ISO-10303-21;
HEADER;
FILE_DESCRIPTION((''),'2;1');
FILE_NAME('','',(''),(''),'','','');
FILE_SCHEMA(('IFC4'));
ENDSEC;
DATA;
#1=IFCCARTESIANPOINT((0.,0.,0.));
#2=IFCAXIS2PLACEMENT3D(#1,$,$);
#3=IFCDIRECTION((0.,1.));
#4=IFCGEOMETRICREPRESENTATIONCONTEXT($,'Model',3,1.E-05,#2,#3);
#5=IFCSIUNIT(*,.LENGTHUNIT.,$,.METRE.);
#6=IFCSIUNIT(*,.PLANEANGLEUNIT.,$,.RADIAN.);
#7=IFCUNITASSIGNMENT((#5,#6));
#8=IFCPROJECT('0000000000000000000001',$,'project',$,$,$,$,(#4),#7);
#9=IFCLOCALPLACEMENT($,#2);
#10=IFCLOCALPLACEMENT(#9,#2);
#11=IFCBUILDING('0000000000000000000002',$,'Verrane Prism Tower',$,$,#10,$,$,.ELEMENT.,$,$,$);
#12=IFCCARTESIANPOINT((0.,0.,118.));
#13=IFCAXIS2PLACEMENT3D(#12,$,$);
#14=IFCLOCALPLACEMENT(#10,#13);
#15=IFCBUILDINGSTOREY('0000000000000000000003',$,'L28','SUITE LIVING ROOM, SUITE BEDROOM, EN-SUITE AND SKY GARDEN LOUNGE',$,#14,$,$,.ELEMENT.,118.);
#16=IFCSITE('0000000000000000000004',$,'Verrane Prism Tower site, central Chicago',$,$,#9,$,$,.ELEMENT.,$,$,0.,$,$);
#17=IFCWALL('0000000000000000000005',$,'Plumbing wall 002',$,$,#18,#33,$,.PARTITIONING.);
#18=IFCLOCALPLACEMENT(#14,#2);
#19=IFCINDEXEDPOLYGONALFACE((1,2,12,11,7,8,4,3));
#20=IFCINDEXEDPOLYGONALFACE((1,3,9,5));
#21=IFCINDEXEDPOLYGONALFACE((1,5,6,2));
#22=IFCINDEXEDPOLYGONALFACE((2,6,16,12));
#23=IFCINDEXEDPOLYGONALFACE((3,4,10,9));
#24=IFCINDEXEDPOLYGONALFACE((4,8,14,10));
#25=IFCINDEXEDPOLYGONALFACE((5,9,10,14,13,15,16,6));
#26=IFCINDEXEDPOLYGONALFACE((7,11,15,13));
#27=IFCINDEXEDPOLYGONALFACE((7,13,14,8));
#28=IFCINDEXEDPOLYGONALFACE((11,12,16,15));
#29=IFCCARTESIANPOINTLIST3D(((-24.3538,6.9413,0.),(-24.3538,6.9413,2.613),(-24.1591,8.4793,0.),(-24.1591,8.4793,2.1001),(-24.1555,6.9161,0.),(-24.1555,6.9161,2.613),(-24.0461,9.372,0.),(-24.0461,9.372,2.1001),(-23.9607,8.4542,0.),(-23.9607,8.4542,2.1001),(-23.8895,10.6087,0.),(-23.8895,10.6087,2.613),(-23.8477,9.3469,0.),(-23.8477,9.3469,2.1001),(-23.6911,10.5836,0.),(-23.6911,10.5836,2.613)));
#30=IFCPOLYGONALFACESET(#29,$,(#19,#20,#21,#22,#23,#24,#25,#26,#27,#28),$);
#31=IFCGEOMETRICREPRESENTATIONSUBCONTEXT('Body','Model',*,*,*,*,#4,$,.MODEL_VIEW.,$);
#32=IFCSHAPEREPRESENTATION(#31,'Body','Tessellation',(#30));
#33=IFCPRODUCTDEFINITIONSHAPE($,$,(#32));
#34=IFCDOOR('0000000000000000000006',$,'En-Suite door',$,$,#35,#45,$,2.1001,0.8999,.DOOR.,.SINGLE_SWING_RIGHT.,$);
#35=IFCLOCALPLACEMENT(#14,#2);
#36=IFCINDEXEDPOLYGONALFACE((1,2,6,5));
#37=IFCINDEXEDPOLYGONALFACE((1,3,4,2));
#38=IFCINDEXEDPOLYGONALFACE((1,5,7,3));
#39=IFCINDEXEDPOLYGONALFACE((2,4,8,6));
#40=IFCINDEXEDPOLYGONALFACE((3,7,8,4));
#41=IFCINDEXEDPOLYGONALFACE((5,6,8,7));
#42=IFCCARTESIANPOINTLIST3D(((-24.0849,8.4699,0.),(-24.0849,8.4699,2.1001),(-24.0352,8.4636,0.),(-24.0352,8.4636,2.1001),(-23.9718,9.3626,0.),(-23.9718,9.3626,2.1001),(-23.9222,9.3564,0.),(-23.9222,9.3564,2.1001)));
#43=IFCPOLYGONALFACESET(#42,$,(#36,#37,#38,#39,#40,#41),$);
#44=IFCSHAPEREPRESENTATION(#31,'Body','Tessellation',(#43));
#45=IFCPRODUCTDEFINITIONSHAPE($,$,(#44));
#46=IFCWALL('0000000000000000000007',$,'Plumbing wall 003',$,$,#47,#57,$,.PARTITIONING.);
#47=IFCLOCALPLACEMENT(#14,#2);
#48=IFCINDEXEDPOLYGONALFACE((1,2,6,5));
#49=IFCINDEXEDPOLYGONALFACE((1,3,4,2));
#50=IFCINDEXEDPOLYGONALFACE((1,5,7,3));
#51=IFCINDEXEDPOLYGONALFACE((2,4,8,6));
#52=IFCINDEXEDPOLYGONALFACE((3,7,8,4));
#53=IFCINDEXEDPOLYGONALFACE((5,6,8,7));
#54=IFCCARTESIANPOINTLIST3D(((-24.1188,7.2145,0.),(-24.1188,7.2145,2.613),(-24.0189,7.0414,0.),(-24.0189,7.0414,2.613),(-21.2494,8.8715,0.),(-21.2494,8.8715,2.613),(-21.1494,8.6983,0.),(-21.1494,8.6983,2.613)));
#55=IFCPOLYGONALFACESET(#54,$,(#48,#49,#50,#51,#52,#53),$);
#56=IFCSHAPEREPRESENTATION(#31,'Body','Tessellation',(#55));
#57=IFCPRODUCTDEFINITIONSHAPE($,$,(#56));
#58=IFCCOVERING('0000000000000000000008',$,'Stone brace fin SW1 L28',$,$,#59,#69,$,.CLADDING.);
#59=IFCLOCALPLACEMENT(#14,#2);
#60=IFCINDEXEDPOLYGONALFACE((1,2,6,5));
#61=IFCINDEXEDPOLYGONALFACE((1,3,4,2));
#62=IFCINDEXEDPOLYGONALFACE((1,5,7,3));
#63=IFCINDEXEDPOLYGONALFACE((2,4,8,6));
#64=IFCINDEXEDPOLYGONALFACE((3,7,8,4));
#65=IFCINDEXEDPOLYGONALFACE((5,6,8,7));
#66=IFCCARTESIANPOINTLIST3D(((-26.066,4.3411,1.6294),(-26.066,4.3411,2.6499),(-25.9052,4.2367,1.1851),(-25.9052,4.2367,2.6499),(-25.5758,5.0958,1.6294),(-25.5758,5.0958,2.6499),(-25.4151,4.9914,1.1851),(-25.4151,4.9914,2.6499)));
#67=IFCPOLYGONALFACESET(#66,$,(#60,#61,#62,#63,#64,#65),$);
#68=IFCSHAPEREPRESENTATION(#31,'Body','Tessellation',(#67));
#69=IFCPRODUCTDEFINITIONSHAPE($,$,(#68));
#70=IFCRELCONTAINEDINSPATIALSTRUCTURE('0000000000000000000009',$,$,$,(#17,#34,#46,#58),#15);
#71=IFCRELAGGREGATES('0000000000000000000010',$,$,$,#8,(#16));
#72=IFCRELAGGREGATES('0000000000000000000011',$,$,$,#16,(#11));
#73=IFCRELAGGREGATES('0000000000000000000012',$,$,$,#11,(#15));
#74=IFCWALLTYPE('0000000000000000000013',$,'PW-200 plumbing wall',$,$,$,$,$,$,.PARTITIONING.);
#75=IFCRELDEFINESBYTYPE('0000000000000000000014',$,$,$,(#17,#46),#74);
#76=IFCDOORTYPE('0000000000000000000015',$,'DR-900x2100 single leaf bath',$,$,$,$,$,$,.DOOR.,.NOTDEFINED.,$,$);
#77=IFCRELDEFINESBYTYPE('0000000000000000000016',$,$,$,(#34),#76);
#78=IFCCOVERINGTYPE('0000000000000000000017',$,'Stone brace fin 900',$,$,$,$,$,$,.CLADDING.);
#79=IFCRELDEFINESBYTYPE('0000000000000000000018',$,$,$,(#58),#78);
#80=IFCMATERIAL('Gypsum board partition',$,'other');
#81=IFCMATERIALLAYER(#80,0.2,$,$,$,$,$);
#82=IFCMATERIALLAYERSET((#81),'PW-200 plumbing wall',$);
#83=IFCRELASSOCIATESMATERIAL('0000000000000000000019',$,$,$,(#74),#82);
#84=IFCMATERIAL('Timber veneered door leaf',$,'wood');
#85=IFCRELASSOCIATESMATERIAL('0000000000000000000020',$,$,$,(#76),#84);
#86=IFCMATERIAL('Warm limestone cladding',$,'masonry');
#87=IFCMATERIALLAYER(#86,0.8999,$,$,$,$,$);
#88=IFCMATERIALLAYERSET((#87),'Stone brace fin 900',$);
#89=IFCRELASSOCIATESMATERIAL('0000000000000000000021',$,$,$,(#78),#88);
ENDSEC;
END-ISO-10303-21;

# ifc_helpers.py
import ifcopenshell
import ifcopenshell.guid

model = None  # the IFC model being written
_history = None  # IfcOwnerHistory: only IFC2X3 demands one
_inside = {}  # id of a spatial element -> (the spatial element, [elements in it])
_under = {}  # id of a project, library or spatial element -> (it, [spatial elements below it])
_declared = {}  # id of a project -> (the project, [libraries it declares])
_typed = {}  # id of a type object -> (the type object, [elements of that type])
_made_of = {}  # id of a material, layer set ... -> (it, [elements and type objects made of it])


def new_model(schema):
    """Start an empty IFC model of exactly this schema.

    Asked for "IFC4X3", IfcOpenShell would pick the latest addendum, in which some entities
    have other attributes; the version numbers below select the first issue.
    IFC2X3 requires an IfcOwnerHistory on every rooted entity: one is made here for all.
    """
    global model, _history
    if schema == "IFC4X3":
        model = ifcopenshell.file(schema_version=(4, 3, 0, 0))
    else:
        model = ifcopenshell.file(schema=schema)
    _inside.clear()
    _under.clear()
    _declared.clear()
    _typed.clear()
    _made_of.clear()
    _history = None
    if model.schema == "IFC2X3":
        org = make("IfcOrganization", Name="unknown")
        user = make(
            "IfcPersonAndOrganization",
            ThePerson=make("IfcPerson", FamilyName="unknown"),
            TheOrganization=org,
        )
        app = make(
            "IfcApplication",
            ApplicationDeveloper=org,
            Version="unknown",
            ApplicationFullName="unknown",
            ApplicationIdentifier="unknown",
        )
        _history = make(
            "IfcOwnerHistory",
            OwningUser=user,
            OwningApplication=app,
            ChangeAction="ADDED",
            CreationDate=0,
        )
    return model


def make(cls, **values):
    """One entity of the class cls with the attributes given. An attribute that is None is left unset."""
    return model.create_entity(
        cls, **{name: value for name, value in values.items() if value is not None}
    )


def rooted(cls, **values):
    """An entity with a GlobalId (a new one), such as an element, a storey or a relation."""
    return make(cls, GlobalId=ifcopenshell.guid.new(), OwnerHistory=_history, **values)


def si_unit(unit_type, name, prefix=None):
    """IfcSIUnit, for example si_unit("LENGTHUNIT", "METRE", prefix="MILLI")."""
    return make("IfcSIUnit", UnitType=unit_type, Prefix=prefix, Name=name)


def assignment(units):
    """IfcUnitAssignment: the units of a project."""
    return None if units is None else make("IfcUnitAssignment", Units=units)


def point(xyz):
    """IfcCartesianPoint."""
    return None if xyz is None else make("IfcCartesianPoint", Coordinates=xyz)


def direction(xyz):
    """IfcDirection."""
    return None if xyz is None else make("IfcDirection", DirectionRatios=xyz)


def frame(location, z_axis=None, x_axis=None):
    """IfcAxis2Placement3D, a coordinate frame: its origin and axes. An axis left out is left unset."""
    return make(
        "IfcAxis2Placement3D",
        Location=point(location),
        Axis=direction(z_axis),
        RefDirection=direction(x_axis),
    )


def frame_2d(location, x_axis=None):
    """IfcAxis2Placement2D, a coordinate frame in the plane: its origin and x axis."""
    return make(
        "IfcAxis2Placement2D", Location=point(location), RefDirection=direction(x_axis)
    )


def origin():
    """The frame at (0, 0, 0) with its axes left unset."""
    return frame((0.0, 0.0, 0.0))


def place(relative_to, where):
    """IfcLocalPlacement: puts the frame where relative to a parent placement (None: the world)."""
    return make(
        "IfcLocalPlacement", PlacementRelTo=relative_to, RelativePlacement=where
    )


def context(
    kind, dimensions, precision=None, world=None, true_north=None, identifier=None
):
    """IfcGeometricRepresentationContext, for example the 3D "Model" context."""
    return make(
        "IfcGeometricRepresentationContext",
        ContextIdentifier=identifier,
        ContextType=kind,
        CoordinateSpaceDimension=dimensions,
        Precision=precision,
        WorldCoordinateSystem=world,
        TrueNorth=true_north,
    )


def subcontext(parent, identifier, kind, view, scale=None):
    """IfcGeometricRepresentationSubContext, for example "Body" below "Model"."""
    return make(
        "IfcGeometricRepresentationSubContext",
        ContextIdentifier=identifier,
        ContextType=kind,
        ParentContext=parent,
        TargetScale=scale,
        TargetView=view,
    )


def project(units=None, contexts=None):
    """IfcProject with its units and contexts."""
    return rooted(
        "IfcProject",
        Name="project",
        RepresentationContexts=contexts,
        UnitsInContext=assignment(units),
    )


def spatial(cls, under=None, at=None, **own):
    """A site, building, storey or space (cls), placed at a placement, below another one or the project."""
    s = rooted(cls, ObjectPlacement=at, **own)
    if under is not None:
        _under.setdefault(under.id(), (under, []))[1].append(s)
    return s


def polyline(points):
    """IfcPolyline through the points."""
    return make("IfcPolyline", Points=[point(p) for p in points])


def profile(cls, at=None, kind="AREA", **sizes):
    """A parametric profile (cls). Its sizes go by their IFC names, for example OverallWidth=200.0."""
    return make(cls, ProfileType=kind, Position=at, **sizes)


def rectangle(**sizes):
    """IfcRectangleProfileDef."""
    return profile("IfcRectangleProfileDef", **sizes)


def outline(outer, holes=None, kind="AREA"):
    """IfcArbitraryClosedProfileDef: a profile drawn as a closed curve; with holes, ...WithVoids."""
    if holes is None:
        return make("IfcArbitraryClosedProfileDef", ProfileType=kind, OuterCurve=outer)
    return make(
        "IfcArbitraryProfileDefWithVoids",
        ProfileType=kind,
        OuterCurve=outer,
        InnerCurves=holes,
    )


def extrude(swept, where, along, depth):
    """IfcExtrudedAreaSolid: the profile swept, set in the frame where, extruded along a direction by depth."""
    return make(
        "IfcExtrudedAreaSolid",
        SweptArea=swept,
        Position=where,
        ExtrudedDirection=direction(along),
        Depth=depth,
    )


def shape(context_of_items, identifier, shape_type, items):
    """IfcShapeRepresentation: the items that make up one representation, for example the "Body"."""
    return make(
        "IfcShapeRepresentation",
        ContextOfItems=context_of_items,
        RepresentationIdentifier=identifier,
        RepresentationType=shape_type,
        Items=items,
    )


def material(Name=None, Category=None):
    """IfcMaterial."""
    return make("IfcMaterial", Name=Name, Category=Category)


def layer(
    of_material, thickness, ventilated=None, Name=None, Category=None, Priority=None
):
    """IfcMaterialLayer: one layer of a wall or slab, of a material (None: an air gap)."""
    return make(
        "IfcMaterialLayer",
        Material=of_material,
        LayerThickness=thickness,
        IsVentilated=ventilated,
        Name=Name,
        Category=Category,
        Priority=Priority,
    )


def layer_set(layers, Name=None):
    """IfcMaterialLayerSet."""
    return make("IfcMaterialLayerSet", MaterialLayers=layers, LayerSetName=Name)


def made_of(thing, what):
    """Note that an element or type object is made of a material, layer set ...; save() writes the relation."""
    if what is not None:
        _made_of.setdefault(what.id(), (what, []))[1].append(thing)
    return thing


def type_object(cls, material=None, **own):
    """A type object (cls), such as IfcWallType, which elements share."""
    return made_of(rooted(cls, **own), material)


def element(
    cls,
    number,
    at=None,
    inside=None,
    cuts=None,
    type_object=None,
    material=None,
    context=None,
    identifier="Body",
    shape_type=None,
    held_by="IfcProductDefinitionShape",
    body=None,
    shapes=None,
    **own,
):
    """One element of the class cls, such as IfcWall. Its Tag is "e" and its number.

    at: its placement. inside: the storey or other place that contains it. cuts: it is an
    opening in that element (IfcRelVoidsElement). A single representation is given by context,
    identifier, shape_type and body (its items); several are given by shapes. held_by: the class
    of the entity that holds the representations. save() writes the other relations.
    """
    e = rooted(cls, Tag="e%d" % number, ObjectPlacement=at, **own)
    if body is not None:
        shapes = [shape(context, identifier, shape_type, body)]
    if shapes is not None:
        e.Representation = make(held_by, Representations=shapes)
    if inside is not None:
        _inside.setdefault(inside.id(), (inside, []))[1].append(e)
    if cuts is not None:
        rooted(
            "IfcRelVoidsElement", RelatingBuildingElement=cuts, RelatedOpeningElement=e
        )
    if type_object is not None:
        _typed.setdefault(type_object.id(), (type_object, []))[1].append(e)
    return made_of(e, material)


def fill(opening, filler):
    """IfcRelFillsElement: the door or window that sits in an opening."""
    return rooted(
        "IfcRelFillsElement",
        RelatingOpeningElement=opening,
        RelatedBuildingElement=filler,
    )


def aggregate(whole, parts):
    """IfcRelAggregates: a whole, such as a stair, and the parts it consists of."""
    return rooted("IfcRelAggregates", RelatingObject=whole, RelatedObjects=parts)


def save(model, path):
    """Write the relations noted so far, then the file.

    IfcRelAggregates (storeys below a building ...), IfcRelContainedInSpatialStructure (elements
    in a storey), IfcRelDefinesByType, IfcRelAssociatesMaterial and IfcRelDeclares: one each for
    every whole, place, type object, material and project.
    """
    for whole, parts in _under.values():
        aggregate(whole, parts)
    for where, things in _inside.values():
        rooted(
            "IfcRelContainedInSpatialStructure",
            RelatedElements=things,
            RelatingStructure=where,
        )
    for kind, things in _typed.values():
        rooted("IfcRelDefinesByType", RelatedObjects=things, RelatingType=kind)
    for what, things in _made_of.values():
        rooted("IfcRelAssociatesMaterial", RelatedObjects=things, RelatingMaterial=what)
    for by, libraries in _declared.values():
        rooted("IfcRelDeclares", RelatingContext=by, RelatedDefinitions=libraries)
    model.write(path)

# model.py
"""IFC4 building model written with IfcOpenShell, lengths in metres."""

from ifc_helpers import new_model, si_unit, direction, frame, frame_2d, origin, place, context, subcontext, project, spatial, polyline, rectangle, outline, extrude, material, layer, layer_set, type_object, element, fill, save


model = new_model("IFC4")

# Units and contexts
model_context = context("Model", 3, precision=1e-05, world=origin(), true_north=direction((0.0, 1.0)))
body_context = subcontext(model_context, "Body", "Model", "MODEL_VIEW")
ifc_project = project(units=[si_unit("LENGTHUNIT", "METRE"), si_unit("PLANEANGLEUNIT", "RADIAN")], contexts=[model_context])

# Site, building, storey
site_placement = place(None, origin())
site = spatial("IfcSite", under=ifc_project, at=site_placement, Name="Verrane Prism Tower site, central Chicago", CompositionType="ELEMENT", RefElevation=0.0)
building_placement = place(site_placement, origin())
building = spatial("IfcBuilding", under=site, at=building_placement, Name="Verrane Prism Tower", CompositionType="ELEMENT")
storey_placement = place(building_placement, frame((0.0, 0.0, 118.0)))
storey = spatial("IfcBuildingStorey", under=building, at=storey_placement, Name="L28", Description="SUITE LIVING ROOM, SUITE BEDROOM, EN-SUITE AND SKY GARDEN LOUNGE", CompositionType="ELEMENT", Elevation=118.0)

# Wall, opening, door
ifc_material_1 = material(Name="Gypsum board partition", Category="other")
ifc_layer_1 = layer(ifc_material_1, 0.2)
ifc_layer_set_1 = layer_set([ifc_layer_1], Name="PW-200 plumbing wall")
wall_type_1 = type_object("IfcWallType", Name="PW-200 plumbing wall", PredefinedType="PARTITIONING", material=ifc_layer_set_1)
wall_1_placement = place(storey_placement, frame((-23.7903, 10.5962, 0.0), z_axis=(0.0, 0.0, 1.0), x_axis=(-0.125611, -0.99208, 0.0)))
wall_1 = element("IfcWall", 1, at=wall_1_placement, inside=storey, type_object=wall_type_1, Name="Plumbing wall 002", PredefinedType="PARTITIONING", context=body_context, shape_type="SweptSolid", body=[
    extrude(rectangle(XDim=3.6968, YDim=0.2, at=frame_2d((1.8484, 0.0))), origin(), (0.0, 0.0, 1.0), 2.613),
])
opening_1_placement = place(wall_1_placement, frame((1.2466, 0.0, 0.0)))
opening_1 = element("IfcOpeningElement", 2, at=opening_1_placement, cuts=wall_1, PredefinedType="OPENING", context=body_context, shape_type="SweptSolid", body=[
    extrude(rectangle(XDim=0.8999, YDim=2.1001, at=frame_2d((0.45, 1.05))), frame((0.0, 0.1099, 0.0), z_axis=(0.0, -1.0, 0.0), x_axis=(1.0, 0.0, 0.0)), (0.0, 0.0, 1.0), 0.22),
])
ifc_material_2 = material(Name="Timber veneered door leaf", Category="wood")
door_type_1 = type_object("IfcDoorType", Name="DR-900x2100 single leaf bath", OperationType="NOTDEFINED", PredefinedType="DOOR", material=ifc_material_2)
door_1_placement = place(opening_1_placement, origin())
door_1 = element("IfcDoor", 3, at=door_1_placement, inside=storey, type_object=door_type_1, Name="En-Suite door", OperationType="SINGLE_SWING_RIGHT", OverallHeight=2.1001, OverallWidth=0.8999, PredefinedType="DOOR", context=body_context, shape_type="SweptSolid", body=[
    extrude(rectangle(XDim=0.8999, YDim=2.1001, at=frame_2d((0.45, 1.05))), frame((0.0, 0.0249, 0.0), z_axis=(0.0, -1.0, 0.0), x_axis=(1.0, 0.0, 0.0)), (0.0, 0.0, 1.0), 0.05),
])
fill(opening_1, door_1)

# Wall
wall_2_placement = place(storey_placement, frame((-24.0688, 7.1279, 0.0), z_axis=(0.0, 0.0, 1.0), x_axis=(0.865981, 0.500077, 0.0)))
element("IfcWall", 4, at=wall_2_placement, inside=storey, type_object=wall_type_1, Name="Plumbing wall 003", PredefinedType="PARTITIONING", context=body_context, shape_type="SweptSolid", body=[
    extrude(rectangle(XDim=3.3135, YDim=0.2, at=frame_2d((1.6567, 0.0))), origin(), (0.0, 0.0, 1.0), 2.613),
])

# Covering
ifc_material_3 = material(Name="Warm limestone cladding", Category="masonry")
ifc_layer_2 = layer(ifc_material_3, 0.8999)
ifc_layer_set_2 = layer_set([ifc_layer_2], Name="Stone brace fin 900")
covering_type = type_object("IfcCoveringType", Name="Stone brace fin 900", PredefinedType="CLADDING", material=ifc_layer_set_2)
covering_placement = place(storey_placement, frame((-25.6602, 4.614, 1.1851), z_axis=(0.0, 0.0, 1.0), x_axis=(-0.838647, 0.544675, 0.0)))
element("IfcCovering", 5, at=covering_placement, inside=storey, type_object=covering_type, Name="Stone brace fin SW1 L28", PredefinedType="CLADDING", context=body_context, shape_type="SweptSolid", body=[
    extrude(outline(polyline([(0.1917, 1.4648), (0.0, 1.4648), (0.0, 0.0), (0.1917, 0.4443), (0.1917, 1.4648)])), frame((0.0, 0.45, 0.0), z_axis=(0.0, -1.0, 0.0), x_axis=(1.0, 0.0, 0.0)), (0.0, 0.0, 1.0), 0.8999),
])

save(model, "model.ifc")
